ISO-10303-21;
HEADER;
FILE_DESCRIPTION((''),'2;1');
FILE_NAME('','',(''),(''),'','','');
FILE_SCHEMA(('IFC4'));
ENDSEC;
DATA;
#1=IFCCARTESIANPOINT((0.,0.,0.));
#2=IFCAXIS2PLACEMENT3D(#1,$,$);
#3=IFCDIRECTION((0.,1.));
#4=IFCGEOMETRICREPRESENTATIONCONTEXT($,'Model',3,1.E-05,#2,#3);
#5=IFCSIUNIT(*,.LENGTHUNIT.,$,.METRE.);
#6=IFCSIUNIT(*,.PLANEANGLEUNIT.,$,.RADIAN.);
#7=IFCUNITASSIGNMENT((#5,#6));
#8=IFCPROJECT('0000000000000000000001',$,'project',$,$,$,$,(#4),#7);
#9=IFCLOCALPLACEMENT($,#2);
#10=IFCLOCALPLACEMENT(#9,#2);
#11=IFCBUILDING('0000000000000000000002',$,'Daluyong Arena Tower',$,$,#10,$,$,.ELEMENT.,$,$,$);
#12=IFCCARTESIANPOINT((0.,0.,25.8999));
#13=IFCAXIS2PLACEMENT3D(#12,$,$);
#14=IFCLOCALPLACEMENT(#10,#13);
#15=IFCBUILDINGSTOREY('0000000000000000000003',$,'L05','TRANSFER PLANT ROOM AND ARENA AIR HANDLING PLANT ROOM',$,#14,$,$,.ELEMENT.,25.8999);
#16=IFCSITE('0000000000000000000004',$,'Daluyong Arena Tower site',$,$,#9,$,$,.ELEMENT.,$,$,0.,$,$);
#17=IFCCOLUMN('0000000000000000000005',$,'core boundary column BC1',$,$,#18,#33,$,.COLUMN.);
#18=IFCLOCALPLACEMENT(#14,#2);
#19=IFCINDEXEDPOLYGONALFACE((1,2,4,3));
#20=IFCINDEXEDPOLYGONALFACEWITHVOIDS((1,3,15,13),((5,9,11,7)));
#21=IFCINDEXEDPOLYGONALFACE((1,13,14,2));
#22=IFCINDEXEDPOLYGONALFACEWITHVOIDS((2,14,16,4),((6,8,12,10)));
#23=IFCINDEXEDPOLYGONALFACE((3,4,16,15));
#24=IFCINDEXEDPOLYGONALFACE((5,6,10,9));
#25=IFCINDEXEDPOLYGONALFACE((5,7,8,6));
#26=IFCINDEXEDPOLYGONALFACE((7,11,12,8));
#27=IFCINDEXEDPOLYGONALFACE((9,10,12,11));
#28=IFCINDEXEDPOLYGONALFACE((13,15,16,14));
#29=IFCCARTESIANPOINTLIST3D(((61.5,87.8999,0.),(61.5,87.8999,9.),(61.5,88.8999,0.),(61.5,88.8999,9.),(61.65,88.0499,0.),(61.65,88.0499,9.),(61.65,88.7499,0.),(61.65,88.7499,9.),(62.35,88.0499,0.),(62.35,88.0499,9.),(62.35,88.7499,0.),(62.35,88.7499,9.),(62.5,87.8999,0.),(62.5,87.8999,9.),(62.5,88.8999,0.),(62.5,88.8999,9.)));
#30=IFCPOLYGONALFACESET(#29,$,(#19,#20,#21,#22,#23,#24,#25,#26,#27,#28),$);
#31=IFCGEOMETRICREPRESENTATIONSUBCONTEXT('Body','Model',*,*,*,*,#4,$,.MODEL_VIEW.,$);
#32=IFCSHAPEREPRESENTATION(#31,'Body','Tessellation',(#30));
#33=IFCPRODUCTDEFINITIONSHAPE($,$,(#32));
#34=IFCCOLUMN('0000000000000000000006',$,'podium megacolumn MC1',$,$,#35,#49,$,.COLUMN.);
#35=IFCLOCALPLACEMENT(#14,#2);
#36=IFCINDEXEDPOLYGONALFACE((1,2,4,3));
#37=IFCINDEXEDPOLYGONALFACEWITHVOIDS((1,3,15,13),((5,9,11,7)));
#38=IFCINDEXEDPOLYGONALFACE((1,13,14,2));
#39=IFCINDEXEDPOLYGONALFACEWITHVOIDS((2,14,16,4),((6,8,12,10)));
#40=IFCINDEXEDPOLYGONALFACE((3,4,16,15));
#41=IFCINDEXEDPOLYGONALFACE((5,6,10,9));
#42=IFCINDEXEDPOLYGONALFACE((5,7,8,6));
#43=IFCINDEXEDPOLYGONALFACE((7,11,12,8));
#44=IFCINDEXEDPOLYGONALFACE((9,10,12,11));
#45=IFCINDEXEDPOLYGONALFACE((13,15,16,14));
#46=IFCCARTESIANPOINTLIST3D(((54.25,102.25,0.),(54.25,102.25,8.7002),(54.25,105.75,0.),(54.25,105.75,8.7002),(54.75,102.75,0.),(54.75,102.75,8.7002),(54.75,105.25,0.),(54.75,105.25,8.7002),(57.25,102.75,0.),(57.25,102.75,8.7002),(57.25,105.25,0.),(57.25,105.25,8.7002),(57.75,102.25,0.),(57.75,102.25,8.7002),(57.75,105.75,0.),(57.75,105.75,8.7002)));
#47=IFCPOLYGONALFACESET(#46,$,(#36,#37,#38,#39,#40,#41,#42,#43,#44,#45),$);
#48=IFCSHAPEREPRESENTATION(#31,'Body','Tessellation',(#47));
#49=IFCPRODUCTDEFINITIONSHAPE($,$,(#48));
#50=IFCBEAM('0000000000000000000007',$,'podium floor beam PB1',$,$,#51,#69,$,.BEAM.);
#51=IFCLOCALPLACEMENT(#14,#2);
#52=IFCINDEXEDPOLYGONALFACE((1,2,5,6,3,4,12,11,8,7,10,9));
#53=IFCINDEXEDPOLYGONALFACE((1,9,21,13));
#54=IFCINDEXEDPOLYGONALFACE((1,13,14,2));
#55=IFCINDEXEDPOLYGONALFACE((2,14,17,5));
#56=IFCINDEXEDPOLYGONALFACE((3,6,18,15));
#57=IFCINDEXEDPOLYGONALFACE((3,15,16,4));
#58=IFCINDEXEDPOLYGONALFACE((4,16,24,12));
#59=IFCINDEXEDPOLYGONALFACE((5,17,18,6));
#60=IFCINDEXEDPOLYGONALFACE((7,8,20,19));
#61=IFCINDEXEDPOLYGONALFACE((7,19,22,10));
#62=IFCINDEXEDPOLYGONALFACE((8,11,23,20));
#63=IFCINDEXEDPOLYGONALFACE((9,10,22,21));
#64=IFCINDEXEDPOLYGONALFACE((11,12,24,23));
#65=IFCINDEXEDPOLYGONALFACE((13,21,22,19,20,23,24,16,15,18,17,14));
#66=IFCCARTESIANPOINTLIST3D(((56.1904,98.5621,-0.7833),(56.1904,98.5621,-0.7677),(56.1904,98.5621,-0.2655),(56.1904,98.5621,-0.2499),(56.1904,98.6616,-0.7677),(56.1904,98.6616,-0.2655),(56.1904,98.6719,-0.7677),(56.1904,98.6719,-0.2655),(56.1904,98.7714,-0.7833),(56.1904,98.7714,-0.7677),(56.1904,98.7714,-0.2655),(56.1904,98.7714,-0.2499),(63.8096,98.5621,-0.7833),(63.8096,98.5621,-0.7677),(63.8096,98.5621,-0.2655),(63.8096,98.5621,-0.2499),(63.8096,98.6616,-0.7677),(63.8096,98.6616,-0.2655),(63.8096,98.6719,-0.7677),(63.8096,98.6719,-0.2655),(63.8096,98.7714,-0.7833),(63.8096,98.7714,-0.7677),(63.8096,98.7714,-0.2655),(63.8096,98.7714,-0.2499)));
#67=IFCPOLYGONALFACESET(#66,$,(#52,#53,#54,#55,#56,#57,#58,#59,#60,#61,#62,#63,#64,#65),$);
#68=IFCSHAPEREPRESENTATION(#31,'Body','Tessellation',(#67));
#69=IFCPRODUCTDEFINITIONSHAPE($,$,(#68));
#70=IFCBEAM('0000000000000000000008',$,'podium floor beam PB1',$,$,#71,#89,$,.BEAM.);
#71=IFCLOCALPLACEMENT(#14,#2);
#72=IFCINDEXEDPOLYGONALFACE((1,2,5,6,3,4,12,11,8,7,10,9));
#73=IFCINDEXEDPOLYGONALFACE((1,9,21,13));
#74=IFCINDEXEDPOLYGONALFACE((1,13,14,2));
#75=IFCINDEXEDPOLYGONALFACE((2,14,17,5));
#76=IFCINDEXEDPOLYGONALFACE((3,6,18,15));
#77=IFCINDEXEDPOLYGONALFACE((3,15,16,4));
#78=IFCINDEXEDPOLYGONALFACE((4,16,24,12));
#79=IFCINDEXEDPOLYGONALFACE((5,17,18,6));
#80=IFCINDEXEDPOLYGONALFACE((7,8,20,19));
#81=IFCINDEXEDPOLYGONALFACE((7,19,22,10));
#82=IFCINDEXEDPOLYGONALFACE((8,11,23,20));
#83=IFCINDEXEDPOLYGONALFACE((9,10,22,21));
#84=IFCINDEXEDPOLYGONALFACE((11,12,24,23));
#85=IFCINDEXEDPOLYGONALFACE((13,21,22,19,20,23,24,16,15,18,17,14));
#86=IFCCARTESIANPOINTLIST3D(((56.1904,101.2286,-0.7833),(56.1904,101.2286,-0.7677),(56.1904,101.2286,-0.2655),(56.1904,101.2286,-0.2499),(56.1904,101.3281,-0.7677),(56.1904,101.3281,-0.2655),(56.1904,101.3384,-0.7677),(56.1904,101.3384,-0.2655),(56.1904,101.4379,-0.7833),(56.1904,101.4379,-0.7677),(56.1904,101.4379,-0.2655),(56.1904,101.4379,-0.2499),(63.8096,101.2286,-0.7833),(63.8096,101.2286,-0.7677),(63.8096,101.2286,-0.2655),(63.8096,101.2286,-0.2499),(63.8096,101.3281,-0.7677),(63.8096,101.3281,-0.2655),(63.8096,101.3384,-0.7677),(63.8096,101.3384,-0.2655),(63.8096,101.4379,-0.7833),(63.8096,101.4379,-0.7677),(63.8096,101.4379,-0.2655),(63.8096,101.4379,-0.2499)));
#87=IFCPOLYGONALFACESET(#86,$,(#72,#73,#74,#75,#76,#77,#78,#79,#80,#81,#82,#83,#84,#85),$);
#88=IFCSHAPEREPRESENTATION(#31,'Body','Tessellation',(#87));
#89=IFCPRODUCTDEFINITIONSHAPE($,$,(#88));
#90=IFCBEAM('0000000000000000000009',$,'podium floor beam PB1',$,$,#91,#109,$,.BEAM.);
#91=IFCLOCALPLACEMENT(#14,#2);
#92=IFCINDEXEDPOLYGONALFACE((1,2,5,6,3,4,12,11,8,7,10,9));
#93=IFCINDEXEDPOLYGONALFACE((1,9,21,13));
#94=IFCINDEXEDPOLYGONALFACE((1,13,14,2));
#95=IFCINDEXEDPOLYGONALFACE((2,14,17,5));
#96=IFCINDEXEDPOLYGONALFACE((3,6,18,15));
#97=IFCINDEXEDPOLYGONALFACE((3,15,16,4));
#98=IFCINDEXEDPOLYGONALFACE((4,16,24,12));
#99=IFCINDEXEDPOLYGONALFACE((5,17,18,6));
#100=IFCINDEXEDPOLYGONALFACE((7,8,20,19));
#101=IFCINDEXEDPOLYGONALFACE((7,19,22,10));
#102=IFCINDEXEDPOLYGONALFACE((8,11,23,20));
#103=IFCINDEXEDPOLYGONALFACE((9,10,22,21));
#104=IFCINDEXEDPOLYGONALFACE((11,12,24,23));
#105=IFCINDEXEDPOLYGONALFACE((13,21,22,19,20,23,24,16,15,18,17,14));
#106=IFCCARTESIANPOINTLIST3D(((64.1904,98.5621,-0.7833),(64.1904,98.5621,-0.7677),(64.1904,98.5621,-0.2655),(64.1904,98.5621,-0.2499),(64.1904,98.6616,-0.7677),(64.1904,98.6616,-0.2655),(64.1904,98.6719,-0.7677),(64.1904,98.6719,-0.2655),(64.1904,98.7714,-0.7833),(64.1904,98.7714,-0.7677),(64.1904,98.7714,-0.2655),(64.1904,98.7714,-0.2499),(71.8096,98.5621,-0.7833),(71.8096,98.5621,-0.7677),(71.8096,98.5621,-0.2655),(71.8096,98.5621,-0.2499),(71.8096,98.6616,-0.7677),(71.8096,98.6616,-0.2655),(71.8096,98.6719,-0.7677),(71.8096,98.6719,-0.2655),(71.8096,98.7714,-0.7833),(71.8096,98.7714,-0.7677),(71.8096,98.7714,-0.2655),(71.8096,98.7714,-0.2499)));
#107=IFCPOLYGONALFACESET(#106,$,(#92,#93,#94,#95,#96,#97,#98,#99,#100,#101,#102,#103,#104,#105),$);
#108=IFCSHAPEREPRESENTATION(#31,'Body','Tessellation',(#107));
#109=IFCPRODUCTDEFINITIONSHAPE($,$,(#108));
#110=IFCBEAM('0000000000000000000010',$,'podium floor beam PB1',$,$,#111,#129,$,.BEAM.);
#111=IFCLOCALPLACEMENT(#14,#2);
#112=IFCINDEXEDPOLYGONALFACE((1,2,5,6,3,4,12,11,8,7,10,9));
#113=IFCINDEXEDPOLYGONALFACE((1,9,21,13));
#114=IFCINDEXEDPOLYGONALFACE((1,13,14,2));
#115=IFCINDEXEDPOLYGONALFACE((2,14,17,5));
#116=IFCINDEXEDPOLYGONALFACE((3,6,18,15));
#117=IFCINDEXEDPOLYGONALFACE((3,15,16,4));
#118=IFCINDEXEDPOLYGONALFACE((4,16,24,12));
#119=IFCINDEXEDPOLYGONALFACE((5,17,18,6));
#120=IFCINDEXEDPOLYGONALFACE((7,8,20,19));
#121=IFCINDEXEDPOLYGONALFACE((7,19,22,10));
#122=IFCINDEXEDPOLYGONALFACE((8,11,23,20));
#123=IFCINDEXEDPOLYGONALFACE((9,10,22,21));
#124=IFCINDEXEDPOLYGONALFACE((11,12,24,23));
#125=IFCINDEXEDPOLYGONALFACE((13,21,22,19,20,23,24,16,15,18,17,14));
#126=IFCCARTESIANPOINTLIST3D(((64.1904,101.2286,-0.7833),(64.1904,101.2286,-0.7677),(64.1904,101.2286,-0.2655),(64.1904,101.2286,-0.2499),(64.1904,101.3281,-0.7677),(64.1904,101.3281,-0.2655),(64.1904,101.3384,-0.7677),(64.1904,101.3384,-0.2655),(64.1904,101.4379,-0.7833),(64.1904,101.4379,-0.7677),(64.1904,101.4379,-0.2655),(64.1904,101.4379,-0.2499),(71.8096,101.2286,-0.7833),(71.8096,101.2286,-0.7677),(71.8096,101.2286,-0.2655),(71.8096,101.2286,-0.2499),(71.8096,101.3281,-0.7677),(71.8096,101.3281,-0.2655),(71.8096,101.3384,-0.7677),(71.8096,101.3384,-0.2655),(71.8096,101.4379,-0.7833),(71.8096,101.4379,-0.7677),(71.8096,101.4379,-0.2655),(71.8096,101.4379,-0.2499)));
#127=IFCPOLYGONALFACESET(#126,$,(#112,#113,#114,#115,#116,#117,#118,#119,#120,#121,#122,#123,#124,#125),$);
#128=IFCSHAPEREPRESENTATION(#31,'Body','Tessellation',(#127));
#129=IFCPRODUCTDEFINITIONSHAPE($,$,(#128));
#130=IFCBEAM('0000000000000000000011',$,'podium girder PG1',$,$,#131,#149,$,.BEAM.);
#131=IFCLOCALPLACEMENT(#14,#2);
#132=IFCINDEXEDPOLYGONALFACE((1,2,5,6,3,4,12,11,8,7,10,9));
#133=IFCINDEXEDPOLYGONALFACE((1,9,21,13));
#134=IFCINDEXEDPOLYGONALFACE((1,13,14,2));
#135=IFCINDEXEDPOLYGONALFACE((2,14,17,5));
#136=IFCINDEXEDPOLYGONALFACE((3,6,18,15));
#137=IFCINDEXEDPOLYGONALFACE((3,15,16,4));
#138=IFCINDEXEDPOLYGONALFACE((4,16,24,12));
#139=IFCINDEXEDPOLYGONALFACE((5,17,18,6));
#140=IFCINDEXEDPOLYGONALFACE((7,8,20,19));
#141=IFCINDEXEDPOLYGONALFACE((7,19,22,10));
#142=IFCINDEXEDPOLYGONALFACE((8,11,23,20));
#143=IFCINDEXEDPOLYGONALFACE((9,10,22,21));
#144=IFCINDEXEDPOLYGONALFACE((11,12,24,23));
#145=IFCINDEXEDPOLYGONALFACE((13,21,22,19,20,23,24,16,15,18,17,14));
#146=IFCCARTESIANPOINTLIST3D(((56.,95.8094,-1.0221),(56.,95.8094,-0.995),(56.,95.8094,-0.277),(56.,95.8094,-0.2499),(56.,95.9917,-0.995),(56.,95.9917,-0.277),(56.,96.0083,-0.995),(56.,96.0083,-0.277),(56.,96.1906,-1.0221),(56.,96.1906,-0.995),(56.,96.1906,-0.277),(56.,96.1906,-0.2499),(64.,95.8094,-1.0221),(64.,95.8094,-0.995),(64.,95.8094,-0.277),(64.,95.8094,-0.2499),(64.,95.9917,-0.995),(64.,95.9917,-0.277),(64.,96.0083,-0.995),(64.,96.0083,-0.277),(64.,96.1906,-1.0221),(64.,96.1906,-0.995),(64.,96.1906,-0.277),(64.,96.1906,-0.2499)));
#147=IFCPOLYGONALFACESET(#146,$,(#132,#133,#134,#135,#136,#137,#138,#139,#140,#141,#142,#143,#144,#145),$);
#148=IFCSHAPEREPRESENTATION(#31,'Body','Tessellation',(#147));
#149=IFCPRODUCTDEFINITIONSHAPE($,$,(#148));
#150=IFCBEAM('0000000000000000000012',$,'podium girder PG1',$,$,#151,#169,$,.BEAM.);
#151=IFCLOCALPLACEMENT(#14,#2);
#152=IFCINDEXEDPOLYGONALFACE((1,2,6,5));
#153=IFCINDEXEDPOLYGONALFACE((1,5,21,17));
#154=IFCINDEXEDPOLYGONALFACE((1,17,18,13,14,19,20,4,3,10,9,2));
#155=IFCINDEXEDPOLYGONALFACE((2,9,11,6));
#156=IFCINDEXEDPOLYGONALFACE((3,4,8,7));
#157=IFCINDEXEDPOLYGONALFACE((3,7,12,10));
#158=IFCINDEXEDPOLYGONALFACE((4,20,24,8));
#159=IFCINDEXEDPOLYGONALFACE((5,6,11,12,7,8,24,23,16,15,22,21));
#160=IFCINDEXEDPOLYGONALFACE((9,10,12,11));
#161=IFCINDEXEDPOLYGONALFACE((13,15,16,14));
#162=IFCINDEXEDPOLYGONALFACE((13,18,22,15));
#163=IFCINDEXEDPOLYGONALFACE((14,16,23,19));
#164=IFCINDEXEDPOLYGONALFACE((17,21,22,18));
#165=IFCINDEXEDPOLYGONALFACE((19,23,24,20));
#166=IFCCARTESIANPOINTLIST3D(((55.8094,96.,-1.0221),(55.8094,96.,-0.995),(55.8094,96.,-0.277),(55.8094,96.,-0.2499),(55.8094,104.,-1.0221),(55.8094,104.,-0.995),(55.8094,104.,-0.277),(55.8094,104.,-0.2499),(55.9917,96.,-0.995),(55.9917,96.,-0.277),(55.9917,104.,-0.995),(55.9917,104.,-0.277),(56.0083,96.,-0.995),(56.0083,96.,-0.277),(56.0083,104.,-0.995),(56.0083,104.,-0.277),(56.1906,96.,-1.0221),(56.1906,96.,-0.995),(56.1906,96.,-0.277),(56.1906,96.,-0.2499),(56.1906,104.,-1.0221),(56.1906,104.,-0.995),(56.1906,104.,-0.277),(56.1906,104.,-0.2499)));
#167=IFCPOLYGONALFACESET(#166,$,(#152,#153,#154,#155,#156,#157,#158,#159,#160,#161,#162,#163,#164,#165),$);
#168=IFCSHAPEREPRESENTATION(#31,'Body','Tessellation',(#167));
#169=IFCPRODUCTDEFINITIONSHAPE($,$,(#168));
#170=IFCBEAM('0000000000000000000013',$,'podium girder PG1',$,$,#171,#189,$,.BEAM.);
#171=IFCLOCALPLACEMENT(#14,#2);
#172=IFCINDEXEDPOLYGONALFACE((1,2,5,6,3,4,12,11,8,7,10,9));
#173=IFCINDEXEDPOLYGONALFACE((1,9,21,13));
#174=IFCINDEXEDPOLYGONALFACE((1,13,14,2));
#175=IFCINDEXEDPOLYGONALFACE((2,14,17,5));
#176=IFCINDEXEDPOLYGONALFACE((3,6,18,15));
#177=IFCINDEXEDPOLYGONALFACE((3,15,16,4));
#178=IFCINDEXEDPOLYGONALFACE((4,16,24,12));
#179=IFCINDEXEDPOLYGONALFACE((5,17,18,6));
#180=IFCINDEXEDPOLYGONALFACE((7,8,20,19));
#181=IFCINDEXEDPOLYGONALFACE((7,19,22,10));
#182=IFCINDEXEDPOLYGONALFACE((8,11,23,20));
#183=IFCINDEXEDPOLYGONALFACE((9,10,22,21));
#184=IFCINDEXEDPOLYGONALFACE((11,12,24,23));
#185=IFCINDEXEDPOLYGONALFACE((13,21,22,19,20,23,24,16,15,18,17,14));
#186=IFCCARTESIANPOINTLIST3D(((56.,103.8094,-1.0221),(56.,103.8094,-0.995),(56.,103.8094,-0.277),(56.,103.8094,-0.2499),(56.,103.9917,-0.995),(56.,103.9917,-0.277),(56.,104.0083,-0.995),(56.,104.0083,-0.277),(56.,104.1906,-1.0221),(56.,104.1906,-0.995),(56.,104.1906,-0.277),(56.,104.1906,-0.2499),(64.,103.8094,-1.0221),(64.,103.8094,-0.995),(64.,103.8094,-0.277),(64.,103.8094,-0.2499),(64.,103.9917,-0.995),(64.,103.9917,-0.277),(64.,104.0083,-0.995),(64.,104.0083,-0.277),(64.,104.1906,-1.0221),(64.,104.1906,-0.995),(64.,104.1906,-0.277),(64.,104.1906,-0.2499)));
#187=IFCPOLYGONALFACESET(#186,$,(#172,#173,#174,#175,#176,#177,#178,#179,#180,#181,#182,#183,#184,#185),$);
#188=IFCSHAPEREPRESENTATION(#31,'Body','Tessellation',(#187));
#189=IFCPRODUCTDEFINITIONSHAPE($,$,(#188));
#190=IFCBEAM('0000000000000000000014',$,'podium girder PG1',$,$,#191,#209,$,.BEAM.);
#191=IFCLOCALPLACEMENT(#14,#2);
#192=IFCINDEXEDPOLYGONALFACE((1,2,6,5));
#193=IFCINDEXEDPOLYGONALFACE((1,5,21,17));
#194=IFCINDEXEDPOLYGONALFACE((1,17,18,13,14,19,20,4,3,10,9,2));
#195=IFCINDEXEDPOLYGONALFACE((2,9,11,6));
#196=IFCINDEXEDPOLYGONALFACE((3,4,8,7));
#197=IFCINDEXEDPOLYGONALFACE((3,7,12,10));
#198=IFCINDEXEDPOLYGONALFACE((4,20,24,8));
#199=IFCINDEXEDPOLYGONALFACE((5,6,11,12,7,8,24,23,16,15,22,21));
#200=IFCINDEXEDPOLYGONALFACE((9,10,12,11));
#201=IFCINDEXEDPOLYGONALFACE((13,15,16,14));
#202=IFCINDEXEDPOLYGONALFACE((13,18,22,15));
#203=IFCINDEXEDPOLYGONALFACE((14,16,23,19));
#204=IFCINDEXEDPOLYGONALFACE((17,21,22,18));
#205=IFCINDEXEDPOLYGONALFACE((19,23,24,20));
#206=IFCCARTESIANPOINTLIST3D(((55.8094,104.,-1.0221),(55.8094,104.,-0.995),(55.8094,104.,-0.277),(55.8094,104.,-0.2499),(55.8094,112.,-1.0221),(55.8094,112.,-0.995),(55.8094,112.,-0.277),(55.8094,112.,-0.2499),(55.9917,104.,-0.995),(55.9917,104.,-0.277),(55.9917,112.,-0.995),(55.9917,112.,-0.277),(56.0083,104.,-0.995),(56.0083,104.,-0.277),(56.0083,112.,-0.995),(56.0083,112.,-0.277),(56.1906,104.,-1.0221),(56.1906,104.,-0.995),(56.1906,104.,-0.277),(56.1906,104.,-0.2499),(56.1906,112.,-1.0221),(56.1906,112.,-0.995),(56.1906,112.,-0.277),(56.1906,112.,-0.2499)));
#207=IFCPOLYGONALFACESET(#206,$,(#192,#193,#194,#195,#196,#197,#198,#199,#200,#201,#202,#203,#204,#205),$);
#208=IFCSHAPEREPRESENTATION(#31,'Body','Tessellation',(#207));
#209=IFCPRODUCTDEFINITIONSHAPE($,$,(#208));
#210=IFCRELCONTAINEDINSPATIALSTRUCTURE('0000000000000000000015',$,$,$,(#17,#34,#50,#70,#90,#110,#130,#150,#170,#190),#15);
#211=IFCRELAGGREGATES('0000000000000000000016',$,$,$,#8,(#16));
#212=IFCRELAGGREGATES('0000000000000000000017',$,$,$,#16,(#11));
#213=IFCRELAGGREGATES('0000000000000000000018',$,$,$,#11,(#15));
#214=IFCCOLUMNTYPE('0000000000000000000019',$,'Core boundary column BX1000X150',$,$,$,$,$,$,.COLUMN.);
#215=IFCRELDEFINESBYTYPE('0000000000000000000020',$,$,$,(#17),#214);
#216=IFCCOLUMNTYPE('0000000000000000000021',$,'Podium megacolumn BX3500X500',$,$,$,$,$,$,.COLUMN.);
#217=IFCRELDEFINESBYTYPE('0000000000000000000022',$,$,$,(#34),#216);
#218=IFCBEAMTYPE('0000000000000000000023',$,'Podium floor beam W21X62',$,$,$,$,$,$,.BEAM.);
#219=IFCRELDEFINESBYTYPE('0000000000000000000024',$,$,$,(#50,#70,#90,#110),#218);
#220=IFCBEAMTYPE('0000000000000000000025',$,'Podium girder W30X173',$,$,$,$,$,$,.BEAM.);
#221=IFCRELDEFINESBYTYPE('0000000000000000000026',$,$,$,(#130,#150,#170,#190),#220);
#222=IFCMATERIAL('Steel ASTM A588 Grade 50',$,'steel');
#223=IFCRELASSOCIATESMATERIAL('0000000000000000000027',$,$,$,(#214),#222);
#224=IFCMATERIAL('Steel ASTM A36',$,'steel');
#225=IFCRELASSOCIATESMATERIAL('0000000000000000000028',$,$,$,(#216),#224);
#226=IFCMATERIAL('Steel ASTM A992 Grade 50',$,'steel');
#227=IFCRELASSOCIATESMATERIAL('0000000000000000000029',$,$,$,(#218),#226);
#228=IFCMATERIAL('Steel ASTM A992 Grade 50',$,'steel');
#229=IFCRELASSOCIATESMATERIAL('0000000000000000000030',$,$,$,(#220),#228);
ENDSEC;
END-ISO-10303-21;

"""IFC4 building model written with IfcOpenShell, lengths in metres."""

from ifc_helpers import new_model, si_unit, direction, frame, origin, origin_2d, place, context, subcontext, project, spatial, hollow_rectangle, i_section, extrude, material, material_profile, profile_set, type_object, element, save


model = new_model("IFC4")

# Units and contexts
model_context = context("Model", 3, precision=1e-05, world=origin(), true_north=direction((0.0, 1.0)))
body_context = subcontext(model_context, "Body", "Model", "MODEL_VIEW")
ifc_project = project(units=[si_unit("LENGTHUNIT", "METRE"), si_unit("PLANEANGLEUNIT", "RADIAN")], contexts=[model_context])

# Site, building, storey
site_placement = place(None, origin())
site = spatial("IfcSite", under=ifc_project, at=site_placement, Name="Daluyong Arena Tower site", CompositionType="ELEMENT", RefElevation=0.0)
building_placement = place(site_placement, origin())
building = spatial("IfcBuilding", under=site, at=building_placement, Name="Daluyong Arena Tower", CompositionType="ELEMENT")
storey_placement = place(building_placement, frame((0.0, 0.0, 25.8999)))
storey = spatial("IfcBuildingStorey", under=building, at=storey_placement, Name="L05", Description="TRANSFER PLANT ROOM AND ARENA AIR HANDLING PLANT ROOM", CompositionType="ELEMENT", Elevation=25.8999)

# Columns
ifc_material_1 = material(Name="Steel ASTM A588 Grade 50", Category="steel")
ifc_material_profile_1 = material_profile(ifc_material_1, hollow_rectangle(XDim=1.0, YDim=1.0, WallThickness=0.15, at=origin_2d()))
ifc_profile_set_1 = profile_set([ifc_material_profile_1], Name="Steel ASTM A588 Grade 50")
column_type_1 = type_object("IfcColumnType", Name="Core boundary column BX1000X150", PredefinedType="COLUMN", material=ifc_profile_set_1)
column_1_placement = place(storey_placement, frame((62.0, 88.3999, 0.0), z_axis=(0.0, 0.0, 1.0), x_axis=(1.0, 0.0, 0.0)))
element("IfcColumn", 1, at=column_1_placement, inside=storey, type_object=column_type_1, Name="core boundary column BC1", PredefinedType="COLUMN", context=body_context, shape_type="SweptSolid", body=[
    extrude(hollow_rectangle(XDim=1.0, YDim=1.0, WallThickness=0.15, at=origin_2d()), origin(), (0.0, 0.0, 1.0), 9.0),
])
ifc_material_2 = material(Name="Steel ASTM A36", Category="steel")
ifc_material_profile_2 = material_profile(ifc_material_2, hollow_rectangle(XDim=3.5, YDim=3.5, WallThickness=0.5, at=origin_2d()))
ifc_profile_set_2 = profile_set([ifc_material_profile_2], Name="Steel ASTM A36")
column_type_2 = type_object("IfcColumnType", Name="Podium megacolumn BX3500X500", PredefinedType="COLUMN", material=ifc_profile_set_2)
column_2_placement = place(storey_placement, frame((56.0, 104.0, 0.0), z_axis=(0.0, 0.0, 1.0), x_axis=(1.0, 0.0, 0.0)))
element("IfcColumn", 2, at=column_2_placement, inside=storey, type_object=column_type_2, Name="podium megacolumn MC1", PredefinedType="COLUMN", context=body_context, shape_type="SweptSolid", body=[
    extrude(hollow_rectangle(XDim=3.5, YDim=3.5, WallThickness=0.5, at=origin_2d()), origin(), (0.0, 0.0, 1.0), 8.7002),
])

# Beams
ifc_material_3 = material(Name="Steel ASTM A992 Grade 50", Category="steel")
ifc_material_profile_3 = material_profile(ifc_material_3, i_section(OverallWidth=0.2092, OverallDepth=0.5334, WebThickness=0.0103, FlangeThickness=0.0156, at=origin_2d()))
ifc_profile_set_3 = profile_set([ifc_material_profile_3], Name="Steel ASTM A992 Grade 50")
beam_type_1 = type_object("IfcBeamType", Name="Podium floor beam W21X62", PredefinedType="BEAM", material=ifc_profile_set_3)
for number, where, z_axis, x_axis, name in (
    (3, (56.1904, 98.6667, -0.5166), (1.0, 0.0, 0.0), (0.0, 1.0, 0.0), "podium floor beam PB1"),
    (4, (56.1904, 101.3333, -0.5166), (1.0, 0.0, 0.0), (0.0, 1.0, 0.0), "podium floor beam PB1"),
    (5, (64.1904, 98.6667, -0.5166), (1.0, 0.0, 0.0), (0.0, 1.0, 0.0), "podium floor beam PB1"),
    (6, (64.1904, 101.3333, -0.5166), (1.0, 0.0, 0.0), (0.0, 1.0, 0.0), "podium floor beam PB1"),
):
    element("IfcBeam", number, at=place(storey_placement, frame(where, z_axis=z_axis, x_axis=x_axis)), inside=storey, type_object=beam_type_1, Name=name, PredefinedType="BEAM", context=body_context, shape_type="SweptSolid", body=[
        extrude(i_section(OverallWidth=0.2092, OverallDepth=0.5334, WebThickness=0.0103, FlangeThickness=0.0156, at=origin_2d()), origin(), (0.0, 0.0, 1.0), 7.6191),
    ])
ifc_material_4 = material(Name="Steel ASTM A992 Grade 50", Category="steel")
ifc_material_profile_4 = material_profile(ifc_material_4, i_section(OverallWidth=0.3811, OverallDepth=0.7722, WebThickness=0.0166, FlangeThickness=0.0271, at=origin_2d()))
ifc_profile_set_4 = profile_set([ifc_material_profile_4], Name="Steel ASTM A992 Grade 50")
beam_type_2 = type_object("IfcBeamType", Name="Podium girder W30X173", PredefinedType="BEAM", material=ifc_profile_set_4)
for number, where, z_axis, x_axis, name in (
    (7, (56.0, 96.0, -0.636), (1.0, 0.0, 0.0), (0.0, 1.0, 0.0), "podium girder PG1"),
    (8, (56.0, 96.0, -0.636), (0.0, 1.0, 0.0), (-1.0, 0.0, 0.0), "podium girder PG1"),
    (9, (56.0, 104.0, -0.636), (1.0, 0.0, 0.0), (0.0, 1.0, 0.0), "podium girder PG1"),
    (10, (56.0, 104.0, -0.636), (0.0, 1.0, 0.0), (-1.0, 0.0, 0.0), "podium girder PG1"),
):
    element("IfcBeam", number, at=place(storey_placement, frame(where, z_axis=z_axis, x_axis=x_axis)), inside=storey, type_object=beam_type_2, Name=name, PredefinedType="BEAM", context=body_context, shape_type="SweptSolid", body=[
        extrude(i_section(OverallWidth=0.3811, OverallDepth=0.7722, WebThickness=0.0166, FlangeThickness=0.0271, at=origin_2d()), origin(), (0.0, 0.0, 1.0), 8.0),
    ])

save(model, "model.ifc")
